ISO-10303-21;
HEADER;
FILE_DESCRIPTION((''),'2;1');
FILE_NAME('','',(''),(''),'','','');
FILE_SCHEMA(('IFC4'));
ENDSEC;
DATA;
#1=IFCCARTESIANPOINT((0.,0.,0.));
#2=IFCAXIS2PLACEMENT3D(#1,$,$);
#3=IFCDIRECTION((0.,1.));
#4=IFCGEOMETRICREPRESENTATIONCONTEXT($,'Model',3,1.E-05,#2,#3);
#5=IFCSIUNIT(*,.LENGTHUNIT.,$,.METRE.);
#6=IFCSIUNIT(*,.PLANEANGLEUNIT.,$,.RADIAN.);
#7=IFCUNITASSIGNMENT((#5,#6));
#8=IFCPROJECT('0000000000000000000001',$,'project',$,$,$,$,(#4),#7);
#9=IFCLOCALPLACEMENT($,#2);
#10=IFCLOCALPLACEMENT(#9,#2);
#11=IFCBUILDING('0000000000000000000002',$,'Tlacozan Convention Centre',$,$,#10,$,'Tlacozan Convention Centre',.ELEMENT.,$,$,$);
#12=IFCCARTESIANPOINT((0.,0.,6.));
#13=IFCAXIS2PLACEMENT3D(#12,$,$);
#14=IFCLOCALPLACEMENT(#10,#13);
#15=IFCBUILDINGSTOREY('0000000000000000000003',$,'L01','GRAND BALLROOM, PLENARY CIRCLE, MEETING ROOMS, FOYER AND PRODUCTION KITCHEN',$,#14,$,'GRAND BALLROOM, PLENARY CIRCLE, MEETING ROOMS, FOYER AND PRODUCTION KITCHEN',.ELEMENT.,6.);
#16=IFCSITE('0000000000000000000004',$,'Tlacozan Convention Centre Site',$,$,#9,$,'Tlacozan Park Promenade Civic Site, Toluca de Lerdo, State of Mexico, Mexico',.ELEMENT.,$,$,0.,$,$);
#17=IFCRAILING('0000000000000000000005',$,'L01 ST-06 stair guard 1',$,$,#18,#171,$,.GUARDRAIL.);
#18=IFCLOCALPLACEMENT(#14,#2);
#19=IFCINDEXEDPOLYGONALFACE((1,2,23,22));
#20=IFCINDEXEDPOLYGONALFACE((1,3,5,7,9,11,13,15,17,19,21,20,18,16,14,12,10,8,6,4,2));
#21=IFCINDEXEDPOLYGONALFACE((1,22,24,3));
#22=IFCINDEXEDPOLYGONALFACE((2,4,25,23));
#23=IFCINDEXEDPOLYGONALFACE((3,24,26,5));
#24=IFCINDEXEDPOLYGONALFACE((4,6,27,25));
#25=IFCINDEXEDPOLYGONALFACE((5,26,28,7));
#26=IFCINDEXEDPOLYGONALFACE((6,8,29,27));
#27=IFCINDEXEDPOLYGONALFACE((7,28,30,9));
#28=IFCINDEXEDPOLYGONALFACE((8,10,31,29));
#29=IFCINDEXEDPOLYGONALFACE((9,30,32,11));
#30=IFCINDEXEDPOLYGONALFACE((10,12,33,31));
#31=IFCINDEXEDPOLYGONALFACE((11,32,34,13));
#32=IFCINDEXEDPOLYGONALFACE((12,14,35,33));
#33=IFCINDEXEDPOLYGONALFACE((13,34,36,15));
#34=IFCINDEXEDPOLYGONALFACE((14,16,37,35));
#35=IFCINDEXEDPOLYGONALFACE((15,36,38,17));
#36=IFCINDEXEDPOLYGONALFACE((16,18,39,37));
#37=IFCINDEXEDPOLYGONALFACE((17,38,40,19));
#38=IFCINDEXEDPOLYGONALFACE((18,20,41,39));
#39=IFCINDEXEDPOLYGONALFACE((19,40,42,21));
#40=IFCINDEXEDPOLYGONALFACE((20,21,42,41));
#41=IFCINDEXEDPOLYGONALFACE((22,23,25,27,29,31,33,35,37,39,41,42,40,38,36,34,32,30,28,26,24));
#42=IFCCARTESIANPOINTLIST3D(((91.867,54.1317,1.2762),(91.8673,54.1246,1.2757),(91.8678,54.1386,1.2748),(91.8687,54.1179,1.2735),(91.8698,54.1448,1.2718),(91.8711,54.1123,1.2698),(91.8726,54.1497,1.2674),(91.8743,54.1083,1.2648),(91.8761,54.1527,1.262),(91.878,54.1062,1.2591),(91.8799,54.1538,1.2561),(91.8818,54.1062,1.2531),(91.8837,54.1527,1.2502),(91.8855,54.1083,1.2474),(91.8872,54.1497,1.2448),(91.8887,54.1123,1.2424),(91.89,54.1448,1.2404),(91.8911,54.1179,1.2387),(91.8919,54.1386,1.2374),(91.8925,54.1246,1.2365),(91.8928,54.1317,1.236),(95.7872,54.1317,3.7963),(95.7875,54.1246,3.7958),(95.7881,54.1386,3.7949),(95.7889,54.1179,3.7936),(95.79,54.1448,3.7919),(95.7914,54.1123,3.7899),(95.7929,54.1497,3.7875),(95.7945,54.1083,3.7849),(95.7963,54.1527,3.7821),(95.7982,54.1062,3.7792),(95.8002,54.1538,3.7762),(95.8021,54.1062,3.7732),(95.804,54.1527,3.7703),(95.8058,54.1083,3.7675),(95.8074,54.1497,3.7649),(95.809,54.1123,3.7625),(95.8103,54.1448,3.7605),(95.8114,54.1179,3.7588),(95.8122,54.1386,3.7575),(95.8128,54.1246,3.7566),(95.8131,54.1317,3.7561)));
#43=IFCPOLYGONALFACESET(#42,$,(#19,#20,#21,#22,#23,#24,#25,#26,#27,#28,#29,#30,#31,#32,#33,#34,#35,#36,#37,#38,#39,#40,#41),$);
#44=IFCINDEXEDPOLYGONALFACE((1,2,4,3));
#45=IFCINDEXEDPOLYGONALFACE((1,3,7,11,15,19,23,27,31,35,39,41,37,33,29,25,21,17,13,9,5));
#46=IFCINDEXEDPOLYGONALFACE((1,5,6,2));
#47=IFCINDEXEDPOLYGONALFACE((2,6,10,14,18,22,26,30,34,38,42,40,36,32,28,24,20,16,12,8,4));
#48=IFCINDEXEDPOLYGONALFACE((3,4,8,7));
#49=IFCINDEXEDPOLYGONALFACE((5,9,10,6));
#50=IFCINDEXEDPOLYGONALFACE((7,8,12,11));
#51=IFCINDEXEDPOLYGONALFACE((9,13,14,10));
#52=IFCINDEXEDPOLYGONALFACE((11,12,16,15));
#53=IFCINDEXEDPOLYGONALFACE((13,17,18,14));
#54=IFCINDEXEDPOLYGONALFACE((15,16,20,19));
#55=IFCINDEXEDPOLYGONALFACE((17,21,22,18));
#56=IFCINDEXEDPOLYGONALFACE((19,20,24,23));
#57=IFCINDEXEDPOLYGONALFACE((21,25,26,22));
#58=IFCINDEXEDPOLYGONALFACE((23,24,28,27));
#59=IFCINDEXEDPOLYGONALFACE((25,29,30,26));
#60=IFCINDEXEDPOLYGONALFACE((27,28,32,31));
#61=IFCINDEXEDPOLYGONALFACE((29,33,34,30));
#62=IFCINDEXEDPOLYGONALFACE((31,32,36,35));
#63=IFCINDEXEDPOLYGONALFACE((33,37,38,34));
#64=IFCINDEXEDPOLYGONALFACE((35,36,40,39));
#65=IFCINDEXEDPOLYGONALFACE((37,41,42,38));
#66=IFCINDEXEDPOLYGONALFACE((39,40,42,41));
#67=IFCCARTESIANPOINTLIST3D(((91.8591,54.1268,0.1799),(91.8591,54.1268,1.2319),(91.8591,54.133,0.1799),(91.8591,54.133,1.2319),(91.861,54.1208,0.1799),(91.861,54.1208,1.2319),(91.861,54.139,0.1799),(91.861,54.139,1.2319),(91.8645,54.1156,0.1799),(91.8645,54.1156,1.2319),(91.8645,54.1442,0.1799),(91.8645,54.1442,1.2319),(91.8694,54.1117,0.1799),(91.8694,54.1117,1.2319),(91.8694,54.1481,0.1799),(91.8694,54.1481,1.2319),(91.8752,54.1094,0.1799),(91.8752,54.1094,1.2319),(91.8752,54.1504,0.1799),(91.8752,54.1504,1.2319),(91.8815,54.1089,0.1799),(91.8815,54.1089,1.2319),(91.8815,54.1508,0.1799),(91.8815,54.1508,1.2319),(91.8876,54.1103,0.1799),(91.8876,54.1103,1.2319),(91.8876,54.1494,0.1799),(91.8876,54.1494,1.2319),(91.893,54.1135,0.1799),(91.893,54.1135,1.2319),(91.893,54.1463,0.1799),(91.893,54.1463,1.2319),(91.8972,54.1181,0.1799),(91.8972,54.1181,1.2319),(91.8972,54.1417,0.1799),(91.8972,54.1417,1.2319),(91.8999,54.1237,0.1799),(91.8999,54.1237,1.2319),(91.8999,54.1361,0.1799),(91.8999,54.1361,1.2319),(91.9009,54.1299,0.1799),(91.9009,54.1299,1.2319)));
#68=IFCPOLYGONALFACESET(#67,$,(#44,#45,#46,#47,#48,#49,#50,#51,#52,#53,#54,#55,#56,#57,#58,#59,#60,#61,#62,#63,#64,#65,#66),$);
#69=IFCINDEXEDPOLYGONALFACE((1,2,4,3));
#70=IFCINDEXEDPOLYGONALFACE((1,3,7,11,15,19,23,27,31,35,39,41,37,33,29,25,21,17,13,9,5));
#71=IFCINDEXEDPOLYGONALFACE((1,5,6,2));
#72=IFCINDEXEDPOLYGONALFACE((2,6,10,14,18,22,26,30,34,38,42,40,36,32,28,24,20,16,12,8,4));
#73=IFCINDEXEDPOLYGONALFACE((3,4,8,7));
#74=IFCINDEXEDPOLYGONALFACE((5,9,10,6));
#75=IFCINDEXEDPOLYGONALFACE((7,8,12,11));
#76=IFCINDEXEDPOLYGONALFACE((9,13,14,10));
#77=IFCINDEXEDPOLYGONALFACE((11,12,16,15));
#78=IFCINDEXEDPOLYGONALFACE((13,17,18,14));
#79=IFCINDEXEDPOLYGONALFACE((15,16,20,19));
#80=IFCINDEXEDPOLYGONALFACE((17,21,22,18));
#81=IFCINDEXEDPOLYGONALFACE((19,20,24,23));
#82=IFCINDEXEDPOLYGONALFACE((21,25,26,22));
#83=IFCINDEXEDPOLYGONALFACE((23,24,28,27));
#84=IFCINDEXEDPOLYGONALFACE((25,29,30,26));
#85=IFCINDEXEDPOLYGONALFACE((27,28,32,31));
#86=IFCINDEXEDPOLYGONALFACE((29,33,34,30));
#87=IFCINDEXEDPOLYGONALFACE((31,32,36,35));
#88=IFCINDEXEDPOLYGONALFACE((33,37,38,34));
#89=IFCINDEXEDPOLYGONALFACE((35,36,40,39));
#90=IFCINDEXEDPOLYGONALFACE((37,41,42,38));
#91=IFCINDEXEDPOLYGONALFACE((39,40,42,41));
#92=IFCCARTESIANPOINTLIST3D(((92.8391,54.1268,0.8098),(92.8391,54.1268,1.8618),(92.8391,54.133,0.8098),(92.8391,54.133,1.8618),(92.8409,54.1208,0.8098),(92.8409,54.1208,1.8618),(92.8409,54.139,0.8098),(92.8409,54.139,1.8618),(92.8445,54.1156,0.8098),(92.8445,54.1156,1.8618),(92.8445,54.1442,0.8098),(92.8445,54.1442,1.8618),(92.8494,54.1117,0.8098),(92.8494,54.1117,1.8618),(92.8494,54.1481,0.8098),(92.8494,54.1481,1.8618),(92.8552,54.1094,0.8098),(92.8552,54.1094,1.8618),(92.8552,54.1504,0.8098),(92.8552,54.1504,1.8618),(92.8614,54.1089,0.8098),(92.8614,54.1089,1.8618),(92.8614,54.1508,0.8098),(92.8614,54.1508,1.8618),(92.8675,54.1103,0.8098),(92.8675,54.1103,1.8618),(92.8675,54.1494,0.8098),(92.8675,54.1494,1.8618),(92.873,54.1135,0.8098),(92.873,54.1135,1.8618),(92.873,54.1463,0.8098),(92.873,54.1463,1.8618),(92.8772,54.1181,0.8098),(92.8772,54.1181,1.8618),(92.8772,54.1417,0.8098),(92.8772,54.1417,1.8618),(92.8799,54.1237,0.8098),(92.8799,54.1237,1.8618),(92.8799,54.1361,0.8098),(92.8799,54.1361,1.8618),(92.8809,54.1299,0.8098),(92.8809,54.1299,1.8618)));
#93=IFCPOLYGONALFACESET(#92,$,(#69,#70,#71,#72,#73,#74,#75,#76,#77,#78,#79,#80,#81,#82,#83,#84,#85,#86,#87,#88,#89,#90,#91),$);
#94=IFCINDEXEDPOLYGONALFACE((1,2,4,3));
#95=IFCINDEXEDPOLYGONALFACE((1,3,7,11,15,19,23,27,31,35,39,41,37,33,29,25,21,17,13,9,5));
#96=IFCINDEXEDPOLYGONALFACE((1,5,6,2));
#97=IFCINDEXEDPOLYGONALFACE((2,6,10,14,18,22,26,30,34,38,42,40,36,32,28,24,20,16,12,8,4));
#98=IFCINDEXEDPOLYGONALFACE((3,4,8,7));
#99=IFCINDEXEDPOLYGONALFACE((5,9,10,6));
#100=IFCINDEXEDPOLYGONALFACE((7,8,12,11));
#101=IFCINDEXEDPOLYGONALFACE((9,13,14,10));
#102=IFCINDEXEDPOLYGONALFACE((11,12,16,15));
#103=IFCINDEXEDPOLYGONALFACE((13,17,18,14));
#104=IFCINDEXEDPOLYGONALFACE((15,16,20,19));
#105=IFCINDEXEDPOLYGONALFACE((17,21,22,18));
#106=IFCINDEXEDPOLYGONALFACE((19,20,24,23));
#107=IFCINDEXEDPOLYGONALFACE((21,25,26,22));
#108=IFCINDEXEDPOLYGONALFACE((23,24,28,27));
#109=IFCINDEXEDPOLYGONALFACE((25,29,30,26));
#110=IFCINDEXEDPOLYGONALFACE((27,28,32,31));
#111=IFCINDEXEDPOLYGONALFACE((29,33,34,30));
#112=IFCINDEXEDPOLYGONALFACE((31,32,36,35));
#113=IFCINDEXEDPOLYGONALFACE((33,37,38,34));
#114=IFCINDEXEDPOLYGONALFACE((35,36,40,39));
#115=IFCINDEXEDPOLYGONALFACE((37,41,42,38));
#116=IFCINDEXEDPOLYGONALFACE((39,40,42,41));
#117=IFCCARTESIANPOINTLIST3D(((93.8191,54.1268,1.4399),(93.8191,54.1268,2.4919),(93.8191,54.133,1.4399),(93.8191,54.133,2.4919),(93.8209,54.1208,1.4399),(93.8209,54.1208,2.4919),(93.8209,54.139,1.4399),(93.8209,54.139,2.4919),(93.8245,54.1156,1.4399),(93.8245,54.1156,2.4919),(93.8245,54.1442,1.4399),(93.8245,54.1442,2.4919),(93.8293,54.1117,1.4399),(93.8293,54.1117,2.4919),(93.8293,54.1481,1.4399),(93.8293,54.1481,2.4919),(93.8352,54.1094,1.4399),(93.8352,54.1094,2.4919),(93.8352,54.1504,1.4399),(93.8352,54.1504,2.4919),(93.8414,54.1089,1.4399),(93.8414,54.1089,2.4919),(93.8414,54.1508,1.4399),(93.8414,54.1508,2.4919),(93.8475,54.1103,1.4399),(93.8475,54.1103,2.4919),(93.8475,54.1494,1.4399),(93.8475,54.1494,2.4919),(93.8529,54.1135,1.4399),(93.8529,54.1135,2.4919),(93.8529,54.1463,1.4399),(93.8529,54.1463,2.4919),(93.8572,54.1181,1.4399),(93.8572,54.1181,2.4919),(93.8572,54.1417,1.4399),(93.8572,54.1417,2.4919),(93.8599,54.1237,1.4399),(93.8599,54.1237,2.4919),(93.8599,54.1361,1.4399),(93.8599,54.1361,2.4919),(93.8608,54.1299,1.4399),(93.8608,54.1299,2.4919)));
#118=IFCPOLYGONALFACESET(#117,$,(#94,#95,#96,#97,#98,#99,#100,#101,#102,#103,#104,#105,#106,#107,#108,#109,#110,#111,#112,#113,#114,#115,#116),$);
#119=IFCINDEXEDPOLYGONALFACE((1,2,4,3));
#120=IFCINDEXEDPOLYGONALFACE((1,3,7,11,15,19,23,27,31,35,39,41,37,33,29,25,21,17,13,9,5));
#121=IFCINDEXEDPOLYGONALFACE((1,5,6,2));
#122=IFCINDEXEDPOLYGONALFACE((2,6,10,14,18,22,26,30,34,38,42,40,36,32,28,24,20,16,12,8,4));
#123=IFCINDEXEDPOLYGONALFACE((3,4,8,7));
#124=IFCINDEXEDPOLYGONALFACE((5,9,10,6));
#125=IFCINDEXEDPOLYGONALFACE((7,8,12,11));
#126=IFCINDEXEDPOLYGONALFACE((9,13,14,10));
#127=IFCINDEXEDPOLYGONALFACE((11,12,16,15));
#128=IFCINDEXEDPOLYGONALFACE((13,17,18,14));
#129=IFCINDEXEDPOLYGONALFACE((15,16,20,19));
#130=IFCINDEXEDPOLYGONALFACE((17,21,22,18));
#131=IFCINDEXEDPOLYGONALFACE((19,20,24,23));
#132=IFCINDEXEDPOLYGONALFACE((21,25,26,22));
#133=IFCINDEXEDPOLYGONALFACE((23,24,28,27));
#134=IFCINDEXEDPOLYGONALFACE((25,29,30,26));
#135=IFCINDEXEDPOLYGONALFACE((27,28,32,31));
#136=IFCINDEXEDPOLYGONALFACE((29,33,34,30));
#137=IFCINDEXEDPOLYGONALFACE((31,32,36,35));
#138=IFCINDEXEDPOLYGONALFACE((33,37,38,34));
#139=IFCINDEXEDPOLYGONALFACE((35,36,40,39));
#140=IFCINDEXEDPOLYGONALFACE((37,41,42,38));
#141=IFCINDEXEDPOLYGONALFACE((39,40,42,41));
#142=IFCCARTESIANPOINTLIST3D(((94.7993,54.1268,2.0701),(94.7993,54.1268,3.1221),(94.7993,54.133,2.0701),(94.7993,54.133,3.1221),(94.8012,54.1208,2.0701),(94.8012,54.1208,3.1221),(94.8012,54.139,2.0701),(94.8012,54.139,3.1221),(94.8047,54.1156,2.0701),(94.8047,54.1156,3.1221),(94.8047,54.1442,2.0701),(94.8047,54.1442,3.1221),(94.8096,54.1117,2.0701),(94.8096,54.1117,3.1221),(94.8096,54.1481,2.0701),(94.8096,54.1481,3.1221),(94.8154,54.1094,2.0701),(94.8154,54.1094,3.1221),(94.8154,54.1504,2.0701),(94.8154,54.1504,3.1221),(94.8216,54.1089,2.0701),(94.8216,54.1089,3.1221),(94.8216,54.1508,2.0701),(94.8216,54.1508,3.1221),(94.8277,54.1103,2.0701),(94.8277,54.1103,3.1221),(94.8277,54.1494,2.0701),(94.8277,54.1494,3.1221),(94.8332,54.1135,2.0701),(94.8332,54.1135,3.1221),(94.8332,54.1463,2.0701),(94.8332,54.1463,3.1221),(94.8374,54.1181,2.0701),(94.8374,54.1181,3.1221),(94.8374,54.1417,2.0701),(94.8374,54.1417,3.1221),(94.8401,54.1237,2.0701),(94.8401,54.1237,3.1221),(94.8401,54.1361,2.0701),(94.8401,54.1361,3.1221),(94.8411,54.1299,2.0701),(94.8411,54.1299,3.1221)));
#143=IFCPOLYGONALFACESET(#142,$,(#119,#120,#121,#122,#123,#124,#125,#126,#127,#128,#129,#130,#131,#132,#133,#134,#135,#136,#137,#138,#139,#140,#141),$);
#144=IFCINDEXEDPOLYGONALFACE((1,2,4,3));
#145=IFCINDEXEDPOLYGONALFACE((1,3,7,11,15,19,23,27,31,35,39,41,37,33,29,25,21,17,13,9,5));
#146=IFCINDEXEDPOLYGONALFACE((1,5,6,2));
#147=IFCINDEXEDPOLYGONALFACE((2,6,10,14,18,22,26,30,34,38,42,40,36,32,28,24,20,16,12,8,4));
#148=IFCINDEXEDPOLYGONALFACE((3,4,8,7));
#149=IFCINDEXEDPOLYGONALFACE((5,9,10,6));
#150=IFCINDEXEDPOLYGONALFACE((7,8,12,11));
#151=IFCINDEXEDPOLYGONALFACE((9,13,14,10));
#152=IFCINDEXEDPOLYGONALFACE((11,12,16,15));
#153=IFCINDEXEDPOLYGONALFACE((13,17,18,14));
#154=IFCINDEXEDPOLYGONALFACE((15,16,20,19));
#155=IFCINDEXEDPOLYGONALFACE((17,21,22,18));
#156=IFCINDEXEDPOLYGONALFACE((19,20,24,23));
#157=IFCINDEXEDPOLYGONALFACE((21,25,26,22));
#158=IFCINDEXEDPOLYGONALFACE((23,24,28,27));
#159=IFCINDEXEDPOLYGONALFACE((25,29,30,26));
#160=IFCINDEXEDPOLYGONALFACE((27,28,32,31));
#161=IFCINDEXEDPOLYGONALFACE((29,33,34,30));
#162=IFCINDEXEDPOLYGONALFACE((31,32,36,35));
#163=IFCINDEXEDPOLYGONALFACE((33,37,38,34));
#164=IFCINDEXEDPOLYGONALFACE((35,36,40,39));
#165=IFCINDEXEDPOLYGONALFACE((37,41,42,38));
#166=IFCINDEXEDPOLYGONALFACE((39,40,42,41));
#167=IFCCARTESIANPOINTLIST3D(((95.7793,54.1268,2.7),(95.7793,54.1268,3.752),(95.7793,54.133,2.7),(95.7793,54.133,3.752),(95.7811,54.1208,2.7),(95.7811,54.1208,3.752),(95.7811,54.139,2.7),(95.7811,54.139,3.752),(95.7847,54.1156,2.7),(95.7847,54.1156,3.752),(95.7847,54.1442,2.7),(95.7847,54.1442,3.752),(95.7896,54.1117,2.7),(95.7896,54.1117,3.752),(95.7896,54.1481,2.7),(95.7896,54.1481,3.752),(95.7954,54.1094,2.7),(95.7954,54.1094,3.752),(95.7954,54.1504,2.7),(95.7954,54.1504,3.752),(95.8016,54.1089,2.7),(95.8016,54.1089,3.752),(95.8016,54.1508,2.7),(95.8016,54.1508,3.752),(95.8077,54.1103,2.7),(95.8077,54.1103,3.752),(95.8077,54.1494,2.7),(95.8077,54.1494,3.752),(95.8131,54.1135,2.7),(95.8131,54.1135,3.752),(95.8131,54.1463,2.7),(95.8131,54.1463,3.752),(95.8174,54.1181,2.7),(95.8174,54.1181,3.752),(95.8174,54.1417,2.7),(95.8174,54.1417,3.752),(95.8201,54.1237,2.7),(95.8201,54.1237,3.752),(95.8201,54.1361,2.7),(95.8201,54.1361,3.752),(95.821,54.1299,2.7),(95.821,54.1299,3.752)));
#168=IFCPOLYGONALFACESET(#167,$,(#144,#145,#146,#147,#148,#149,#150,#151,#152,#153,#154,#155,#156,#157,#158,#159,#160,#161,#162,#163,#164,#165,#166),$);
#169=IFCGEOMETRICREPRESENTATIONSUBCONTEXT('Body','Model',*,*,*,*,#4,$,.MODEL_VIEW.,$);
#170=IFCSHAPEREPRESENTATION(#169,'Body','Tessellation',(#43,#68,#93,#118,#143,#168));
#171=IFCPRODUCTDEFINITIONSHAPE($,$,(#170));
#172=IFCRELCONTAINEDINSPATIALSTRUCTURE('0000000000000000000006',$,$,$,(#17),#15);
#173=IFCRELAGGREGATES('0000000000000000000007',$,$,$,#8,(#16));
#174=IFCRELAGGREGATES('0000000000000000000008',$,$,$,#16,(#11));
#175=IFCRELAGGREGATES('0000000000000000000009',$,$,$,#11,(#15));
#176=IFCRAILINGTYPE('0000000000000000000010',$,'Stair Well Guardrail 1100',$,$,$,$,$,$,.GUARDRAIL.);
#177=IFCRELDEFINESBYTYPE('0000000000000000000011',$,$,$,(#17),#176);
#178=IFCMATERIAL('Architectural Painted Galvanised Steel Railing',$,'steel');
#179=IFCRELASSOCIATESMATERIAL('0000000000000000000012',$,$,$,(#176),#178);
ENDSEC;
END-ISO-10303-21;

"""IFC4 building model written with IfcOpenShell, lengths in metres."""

from ifc_helpers import new_model, si_unit, direction, frame, origin, origin_2d, place, context, subcontext, project, spatial, circle, extrude, material, type_object, element, save


model = new_model("IFC4")

# Units and contexts
model_context = context("Model", 3, precision=1e-05, world=origin(), true_north=direction((0.0, 1.0)))
body_context = subcontext(model_context, "Body", "Model", "MODEL_VIEW")
ifc_project = project(units=[si_unit("LENGTHUNIT", "METRE"), si_unit("PLANEANGLEUNIT", "RADIAN")], contexts=[model_context])

# Site, building, storey
site_placement = place(None, origin())
site = spatial("IfcSite", under=ifc_project, at=site_placement, Name="Tlacozan Convention Centre Site", LongName="Tlacozan Park Promenade Civic Site, Toluca de Lerdo, State of Mexico, Mexico", CompositionType="ELEMENT", RefElevation=0.0)
building_placement = place(site_placement, origin())
building = spatial("IfcBuilding", under=site, at=building_placement, Name="Tlacozan Convention Centre", LongName="Tlacozan Convention Centre", CompositionType="ELEMENT")
storey_placement = place(building_placement, frame((0.0, 0.0, 6.0)))
storey = spatial("IfcBuildingStorey", under=building, at=storey_placement, Name="L01", Description="GRAND BALLROOM, PLENARY CIRCLE, MEETING ROOMS, FOYER AND PRODUCTION KITCHEN", LongName="GRAND BALLROOM, PLENARY CIRCLE, MEETING ROOMS, FOYER AND PRODUCTION KITCHEN", CompositionType="ELEMENT", Elevation=6.0)

# Railing
ifc_material_1 = material(Name="Architectural Painted Galvanised Steel Railing", Category="steel")
railing_type_1 = type_object("IfcRailingType", Name="Stair Well Guardrail 1100", PredefinedType="GUARDRAIL", material=ifc_material_1)
railing_1_placement = place(storey_placement, frame((91.8799, 54.1299, 0.1799)))
element("IfcRailing", 1, at=railing_1_placement, inside=storey, type_object=railing_type_1, Name="L01 ST-06 stair guard 1", PredefinedType="GUARDRAIL", context=body_context, shape_type="SweptSolid", body=[
    extrude(circle(Radius=0.0239, at=origin_2d()), frame((0.0, 0.0, 1.0762), z_axis=(0.841187, 0.0, 0.540744), x_axis=(0.0, 1.0, 0.0)), (0.0, 0.0, 1.0), 4.6604),
    extrude(circle(Radius=0.021, at=origin_2d()), origin(), (0.0, 0.0, 1.0), 1.052),
    extrude(circle(Radius=0.021, at=origin_2d()), frame((0.98, 0.0, 0.6299)), (0.0, 0.0, 1.0), 1.052),
    extrude(circle(Radius=0.021, at=origin_2d()), frame((1.96, 0.0, 1.26)), (0.0, 0.0, 1.0), 1.052),
    extrude(circle(Radius=0.021, at=origin_2d()), frame((2.9402, 0.0, 1.8901)), (0.0, 0.0, 1.0), 1.052),
    extrude(circle(Radius=0.021, at=origin_2d()), frame((3.9202, 0.0, 2.52)), (0.0, 0.0, 1.0), 1.052),
])

save(model, "model.ifc")
